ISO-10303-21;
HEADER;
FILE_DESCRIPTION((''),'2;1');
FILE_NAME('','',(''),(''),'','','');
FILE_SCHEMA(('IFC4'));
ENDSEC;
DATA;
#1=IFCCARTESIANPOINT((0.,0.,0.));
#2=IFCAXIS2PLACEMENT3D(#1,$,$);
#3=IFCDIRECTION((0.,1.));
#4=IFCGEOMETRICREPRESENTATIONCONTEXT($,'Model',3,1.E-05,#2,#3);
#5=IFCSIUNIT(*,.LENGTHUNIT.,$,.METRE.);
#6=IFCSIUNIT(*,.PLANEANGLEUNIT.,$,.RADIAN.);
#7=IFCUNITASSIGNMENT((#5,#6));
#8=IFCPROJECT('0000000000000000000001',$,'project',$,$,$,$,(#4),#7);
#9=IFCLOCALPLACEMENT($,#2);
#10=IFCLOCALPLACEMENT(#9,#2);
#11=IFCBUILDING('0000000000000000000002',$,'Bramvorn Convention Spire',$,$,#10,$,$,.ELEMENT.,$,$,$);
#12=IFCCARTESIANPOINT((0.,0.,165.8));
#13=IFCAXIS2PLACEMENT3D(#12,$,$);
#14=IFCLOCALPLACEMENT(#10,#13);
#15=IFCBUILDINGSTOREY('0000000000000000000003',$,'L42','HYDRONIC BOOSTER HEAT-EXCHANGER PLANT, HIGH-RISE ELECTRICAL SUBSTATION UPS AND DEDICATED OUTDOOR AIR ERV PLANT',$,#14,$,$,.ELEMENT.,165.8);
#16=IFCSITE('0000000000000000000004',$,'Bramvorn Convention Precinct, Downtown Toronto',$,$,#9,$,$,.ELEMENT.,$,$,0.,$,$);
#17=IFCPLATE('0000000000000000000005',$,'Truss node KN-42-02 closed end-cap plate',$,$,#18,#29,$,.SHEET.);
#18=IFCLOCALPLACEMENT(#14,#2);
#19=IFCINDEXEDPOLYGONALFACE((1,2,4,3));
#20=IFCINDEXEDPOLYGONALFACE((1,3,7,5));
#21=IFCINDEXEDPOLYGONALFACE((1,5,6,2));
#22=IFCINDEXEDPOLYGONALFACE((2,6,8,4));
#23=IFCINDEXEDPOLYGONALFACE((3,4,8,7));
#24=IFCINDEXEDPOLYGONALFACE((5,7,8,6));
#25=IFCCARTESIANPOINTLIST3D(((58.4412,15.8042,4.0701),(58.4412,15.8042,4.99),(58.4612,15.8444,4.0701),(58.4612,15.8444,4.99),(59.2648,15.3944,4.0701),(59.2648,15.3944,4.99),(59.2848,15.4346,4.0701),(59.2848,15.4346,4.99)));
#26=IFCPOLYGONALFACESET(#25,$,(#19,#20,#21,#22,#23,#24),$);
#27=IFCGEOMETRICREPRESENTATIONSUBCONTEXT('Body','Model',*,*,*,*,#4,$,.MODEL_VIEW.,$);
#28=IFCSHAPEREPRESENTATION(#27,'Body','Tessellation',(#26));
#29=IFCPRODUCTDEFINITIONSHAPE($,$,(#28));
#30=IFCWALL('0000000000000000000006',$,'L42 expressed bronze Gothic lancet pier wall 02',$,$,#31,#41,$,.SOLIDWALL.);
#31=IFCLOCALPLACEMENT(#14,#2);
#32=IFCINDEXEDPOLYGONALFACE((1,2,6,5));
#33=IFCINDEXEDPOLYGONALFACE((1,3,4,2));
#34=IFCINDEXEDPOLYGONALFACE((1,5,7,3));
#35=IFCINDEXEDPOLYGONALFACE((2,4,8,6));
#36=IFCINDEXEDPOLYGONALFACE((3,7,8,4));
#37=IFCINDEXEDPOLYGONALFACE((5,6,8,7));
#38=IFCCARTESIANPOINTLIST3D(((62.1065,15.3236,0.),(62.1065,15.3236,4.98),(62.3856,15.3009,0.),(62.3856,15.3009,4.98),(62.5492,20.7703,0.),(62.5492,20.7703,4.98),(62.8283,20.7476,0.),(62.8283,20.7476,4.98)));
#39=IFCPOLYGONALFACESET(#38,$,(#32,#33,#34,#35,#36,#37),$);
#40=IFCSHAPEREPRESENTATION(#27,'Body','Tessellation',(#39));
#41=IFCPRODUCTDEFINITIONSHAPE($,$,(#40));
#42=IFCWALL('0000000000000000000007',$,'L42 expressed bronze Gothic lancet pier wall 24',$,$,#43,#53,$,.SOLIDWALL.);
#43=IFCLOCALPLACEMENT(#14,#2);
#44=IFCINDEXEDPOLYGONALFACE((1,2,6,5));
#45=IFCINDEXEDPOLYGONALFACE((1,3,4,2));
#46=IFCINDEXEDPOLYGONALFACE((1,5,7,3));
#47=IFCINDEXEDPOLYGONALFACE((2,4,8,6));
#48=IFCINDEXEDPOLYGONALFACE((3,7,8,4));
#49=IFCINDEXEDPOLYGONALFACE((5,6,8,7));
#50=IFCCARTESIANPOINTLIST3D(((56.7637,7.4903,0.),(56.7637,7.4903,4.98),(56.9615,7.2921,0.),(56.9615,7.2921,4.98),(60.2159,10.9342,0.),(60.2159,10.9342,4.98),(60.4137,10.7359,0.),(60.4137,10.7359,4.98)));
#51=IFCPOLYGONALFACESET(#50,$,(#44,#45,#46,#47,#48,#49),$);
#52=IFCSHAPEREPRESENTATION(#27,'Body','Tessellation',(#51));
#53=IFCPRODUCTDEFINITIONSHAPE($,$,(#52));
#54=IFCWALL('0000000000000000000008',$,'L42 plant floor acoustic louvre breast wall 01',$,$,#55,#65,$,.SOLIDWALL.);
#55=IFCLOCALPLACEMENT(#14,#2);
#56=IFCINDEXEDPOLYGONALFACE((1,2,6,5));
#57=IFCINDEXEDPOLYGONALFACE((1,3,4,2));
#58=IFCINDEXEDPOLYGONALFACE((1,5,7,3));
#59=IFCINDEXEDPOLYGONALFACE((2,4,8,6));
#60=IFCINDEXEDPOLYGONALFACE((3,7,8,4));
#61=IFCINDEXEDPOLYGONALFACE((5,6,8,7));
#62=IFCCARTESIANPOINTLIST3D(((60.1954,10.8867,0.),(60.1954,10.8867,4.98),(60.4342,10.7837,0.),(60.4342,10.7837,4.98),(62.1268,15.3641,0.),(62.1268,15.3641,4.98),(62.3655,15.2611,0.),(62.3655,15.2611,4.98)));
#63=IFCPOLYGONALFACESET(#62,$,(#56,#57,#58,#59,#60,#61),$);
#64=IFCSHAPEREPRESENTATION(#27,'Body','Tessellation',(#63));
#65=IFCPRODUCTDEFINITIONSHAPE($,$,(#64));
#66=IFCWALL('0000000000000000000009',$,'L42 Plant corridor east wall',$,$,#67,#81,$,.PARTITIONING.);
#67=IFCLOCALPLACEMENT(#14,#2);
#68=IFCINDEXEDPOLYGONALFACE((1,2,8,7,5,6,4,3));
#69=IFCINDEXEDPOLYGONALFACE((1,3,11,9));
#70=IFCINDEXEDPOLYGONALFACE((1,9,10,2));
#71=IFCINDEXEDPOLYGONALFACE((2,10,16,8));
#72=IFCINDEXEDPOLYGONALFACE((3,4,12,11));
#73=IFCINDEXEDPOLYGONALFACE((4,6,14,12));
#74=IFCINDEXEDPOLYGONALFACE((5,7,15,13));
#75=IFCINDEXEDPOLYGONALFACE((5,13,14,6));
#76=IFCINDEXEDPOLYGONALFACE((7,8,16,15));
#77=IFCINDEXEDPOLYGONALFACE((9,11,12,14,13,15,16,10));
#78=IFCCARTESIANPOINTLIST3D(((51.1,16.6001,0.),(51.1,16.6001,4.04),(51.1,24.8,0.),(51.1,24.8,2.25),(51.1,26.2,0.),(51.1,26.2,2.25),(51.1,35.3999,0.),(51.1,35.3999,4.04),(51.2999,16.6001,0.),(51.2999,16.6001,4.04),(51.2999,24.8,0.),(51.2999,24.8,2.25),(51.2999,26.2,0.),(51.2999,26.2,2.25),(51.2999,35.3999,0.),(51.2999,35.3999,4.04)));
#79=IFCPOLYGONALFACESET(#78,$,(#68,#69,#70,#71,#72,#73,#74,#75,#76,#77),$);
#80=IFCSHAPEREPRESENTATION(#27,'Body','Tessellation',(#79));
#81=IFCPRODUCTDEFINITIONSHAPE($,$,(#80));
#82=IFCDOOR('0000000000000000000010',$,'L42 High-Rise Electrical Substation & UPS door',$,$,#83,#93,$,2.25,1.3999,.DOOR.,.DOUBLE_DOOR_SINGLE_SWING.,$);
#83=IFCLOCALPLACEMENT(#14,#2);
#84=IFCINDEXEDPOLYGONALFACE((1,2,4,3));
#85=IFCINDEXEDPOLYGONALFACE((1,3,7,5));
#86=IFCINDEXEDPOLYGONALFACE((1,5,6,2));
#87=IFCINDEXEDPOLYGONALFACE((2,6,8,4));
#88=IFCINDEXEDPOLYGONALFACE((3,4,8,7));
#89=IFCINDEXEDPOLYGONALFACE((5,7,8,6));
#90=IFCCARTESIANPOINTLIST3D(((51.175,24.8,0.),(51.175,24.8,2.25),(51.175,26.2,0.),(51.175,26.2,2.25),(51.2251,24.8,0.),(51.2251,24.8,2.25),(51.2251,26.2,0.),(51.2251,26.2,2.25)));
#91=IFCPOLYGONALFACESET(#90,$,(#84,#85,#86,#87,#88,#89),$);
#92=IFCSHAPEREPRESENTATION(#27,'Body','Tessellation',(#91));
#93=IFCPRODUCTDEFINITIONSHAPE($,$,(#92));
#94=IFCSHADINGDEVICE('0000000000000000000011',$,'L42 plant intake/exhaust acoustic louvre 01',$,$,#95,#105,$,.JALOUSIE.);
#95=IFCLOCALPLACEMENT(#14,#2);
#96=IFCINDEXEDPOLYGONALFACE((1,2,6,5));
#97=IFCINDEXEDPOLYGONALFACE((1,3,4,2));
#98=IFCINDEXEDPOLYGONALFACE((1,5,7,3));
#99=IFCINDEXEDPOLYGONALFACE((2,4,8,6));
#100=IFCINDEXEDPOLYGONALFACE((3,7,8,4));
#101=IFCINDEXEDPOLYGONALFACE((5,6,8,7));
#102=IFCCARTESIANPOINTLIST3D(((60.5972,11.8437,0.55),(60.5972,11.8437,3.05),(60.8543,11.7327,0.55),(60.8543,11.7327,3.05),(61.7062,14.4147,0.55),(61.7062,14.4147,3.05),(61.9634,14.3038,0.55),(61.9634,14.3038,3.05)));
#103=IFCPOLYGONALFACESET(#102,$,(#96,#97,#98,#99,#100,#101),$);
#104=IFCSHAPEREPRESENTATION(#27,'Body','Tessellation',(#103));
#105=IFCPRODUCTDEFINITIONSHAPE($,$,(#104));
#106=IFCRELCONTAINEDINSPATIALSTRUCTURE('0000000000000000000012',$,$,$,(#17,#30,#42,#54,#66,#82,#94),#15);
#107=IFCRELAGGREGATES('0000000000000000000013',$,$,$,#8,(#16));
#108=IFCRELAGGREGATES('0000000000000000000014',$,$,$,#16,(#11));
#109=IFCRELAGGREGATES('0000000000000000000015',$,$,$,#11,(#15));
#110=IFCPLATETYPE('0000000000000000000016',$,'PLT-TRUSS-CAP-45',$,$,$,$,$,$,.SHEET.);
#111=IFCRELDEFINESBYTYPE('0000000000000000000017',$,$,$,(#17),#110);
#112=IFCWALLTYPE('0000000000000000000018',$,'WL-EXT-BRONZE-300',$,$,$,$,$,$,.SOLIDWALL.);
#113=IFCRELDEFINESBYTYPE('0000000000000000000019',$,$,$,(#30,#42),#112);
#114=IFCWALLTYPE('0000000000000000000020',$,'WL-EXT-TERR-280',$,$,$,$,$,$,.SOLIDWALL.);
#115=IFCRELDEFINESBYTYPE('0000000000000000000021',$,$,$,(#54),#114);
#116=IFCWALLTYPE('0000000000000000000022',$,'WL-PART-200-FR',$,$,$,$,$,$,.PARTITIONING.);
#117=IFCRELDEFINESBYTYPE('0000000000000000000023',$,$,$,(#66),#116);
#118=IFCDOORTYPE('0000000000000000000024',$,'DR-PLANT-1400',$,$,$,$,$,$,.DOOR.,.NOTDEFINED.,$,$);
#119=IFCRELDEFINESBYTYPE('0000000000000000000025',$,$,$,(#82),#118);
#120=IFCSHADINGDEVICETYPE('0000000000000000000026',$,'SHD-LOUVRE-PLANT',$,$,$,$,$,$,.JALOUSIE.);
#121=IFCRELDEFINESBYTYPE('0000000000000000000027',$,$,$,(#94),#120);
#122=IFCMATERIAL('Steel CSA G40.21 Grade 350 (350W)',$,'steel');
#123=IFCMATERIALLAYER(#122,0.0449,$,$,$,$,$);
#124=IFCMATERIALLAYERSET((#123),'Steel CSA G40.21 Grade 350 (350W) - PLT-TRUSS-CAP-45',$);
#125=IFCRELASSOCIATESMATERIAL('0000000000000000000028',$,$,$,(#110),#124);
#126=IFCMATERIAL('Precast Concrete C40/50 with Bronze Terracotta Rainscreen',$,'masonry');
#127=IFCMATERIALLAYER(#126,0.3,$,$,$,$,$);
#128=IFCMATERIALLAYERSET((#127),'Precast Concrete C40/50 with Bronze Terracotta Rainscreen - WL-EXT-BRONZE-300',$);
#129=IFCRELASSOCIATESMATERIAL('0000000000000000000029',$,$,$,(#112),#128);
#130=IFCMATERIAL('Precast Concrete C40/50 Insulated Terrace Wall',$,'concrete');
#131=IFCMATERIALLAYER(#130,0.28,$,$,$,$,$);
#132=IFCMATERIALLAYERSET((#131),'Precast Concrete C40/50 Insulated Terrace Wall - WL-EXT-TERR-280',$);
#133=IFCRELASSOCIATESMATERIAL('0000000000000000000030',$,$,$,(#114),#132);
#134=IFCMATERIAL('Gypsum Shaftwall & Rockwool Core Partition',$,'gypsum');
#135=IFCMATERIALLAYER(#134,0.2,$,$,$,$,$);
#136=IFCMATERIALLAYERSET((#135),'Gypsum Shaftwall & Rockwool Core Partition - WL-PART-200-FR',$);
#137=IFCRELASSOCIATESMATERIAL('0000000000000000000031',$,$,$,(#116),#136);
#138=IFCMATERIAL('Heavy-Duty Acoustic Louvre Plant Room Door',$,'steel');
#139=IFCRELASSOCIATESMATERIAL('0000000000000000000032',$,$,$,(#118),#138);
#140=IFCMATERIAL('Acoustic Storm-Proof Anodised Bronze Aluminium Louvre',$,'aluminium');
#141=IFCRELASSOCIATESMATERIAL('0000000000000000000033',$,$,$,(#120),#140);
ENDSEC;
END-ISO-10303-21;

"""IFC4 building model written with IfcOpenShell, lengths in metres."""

from ifc_helpers import new_model, si_unit, direction, frame, frame_2d, origin, origin_2d, place, context, subcontext, project, spatial, rectangle, extrude, material, layer, layer_set, type_object, element, fill, save


model = new_model("IFC4")

# Units and contexts
model_context = context("Model", 3, precision=1e-05, world=origin(), true_north=direction((0.0, 1.0)))
body_context = subcontext(model_context, "Body", "Model", "MODEL_VIEW")
ifc_project = project(units=[si_unit("LENGTHUNIT", "METRE"), si_unit("PLANEANGLEUNIT", "RADIAN")], contexts=[model_context])

# Site, building, storey
site_placement = place(None, origin())
site = spatial("IfcSite", under=ifc_project, at=site_placement, Name="Bramvorn Convention Precinct, Downtown Toronto", CompositionType="ELEMENT", RefElevation=0.0)
building_placement = place(site_placement, origin())
building = spatial("IfcBuilding", under=site, at=building_placement, Name="Bramvorn Convention Spire", CompositionType="ELEMENT")
storey_placement = place(building_placement, frame((0.0, 0.0, 165.8)))
storey = spatial("IfcBuildingStorey", under=building, at=storey_placement, Name="L42", Description="HYDRONIC BOOSTER HEAT-EXCHANGER PLANT, HIGH-RISE ELECTRICAL SUBSTATION UPS AND DEDICATED OUTDOOR AIR ERV PLANT", CompositionType="ELEMENT", Elevation=165.8)

# Shared definitions
ifc_material_1 = material(Name="Steel CSA G40.21 Grade 350 (350W)", Category="steel")

# Plate
ifc_layer_1 = layer(ifc_material_1, 0.0449)
ifc_layer_set_1 = layer_set([ifc_layer_1], Name="Steel CSA G40.21 Grade 350 (350W) - PLT-TRUSS-CAP-45")
plate_type_1 = type_object("IfcPlateType", Name="PLT-TRUSS-CAP-45", PredefinedType="SHEET", material=ifc_layer_set_1)
plate_placement = place(storey_placement, frame((58.863, 15.6194, 4.0701), z_axis=(0.0, 0.0, 1.0), x_axis=(0.895302, -0.44546, 0.0)))
element("IfcPlate", 1, at=plate_placement, inside=storey, type_object=plate_type_1, Name="Truss node KN-42-02 closed end-cap plate", PredefinedType="SHEET", context=body_context, shape_type="SweptSolid", body=[
    extrude(rectangle(XDim=0.9199, YDim=0.0449, at=origin_2d()), origin(), (0.0, 0.0, 1.0), 0.9199),
])

# Walls
ifc_material_2 = material(Name="Precast Concrete C40/50 with Bronze Terracotta Rainscreen", Category="masonry")
ifc_layer_2 = layer(ifc_material_2, 0.3)
ifc_layer_set_2 = layer_set([ifc_layer_2], Name="Precast Concrete C40/50 with Bronze Terracotta Rainscreen - WL-EXT-BRONZE-300")
wall_type_1 = type_object("IfcWallType", Name="WL-EXT-BRONZE-300", PredefinedType="SOLIDWALL", material=ifc_layer_set_2)
wall_1_placement = place(storey_placement, frame((62.6887, 20.759, 0.0), z_axis=(0.0, 0.0, 1.0), x_axis=(-0.081001, -0.996714, 0.0)))
element("IfcWall", 2, at=wall_1_placement, inside=storey, type_object=wall_type_1, Name="L42 expressed bronze Gothic lancet pier wall 02", PredefinedType="SOLIDWALL", context=body_context, shape_type="SweptSolid", body=[
    extrude(rectangle(XDim=5.4646, YDim=0.28, at=frame_2d((2.7324, 0.0))), origin(), (0.0, 0.0, 1.0), 4.98),
])
wall_2_placement = place(storey_placement, frame((60.3147, 10.835, 0.0), z_axis=(0.0, 0.0, 1.0), x_axis=(-0.707957, -0.706255, 0.0)))
element("IfcWall", 3, at=wall_2_placement, inside=storey, type_object=wall_type_1, Name="L42 expressed bronze Gothic lancet pier wall 24", PredefinedType="SOLIDWALL", context=body_context, shape_type="SweptSolid", body=[
    extrude(rectangle(XDim=4.8762, YDim=0.28, at=frame_2d((2.438, 0.0))), origin(), (0.0, 0.0, 1.0), 4.98),
])
ifc_material_3 = material(Name="Precast Concrete C40/50 Insulated Terrace Wall", Category="concrete")
ifc_layer_3 = layer(ifc_material_3, 0.28)
ifc_layer_set_3 = layer_set([ifc_layer_3], Name="Precast Concrete C40/50 Insulated Terrace Wall - WL-EXT-TERR-280")
wall_type_2 = type_object("IfcWallType", Name="WL-EXT-TERR-280", PredefinedType="SOLIDWALL", material=ifc_layer_set_3)
wall_3_placement = place(storey_placement, frame((62.2461, 15.3125, 0.0), z_axis=(0.0, 0.0, 1.0), x_axis=(-0.396075, -0.918218, 0.0)))
element("IfcWall", 4, at=wall_3_placement, inside=storey, type_object=wall_type_2, Name="L42 plant floor acoustic louvre breast wall 01", PredefinedType="SOLIDWALL", context=body_context, shape_type="SweptSolid", body=[
    extrude(rectangle(XDim=4.8762, YDim=0.26, at=frame_2d((2.438, 0.0))), origin(), (0.0, 0.0, 1.0), 4.98),
])

# Wall, opening, door
ifc_material_4 = material(Name="Gypsum Shaftwall & Rockwool Core Partition", Category="gypsum")
ifc_layer_4 = layer(ifc_material_4, 0.2)
ifc_layer_set_4 = layer_set([ifc_layer_4], Name="Gypsum Shaftwall & Rockwool Core Partition - WL-PART-200-FR")
wall_type_3 = type_object("IfcWallType", Name="WL-PART-200-FR", PredefinedType="PARTITIONING", material=ifc_layer_set_4)
wall_4_placement = place(storey_placement, frame((51.2, 16.6001, 0.0), z_axis=(0.0, 0.0, 1.0), x_axis=(0.0, 1.0, 0.0)))
wall_4 = element("IfcWall", 5, at=wall_4_placement, inside=storey, type_object=wall_type_3, Name="L42 Plant corridor east wall", PredefinedType="PARTITIONING", context=body_context, shape_type="SweptSolid", body=[
    extrude(rectangle(XDim=18.7998, YDim=0.2, at=frame_2d((9.3999, 0.0))), origin(), (0.0, 0.0, 1.0), 4.04),
])
opening_placement = place(wall_4_placement, frame((8.2, 0.0, 0.0)))
opening = element("IfcOpeningElement", 6, at=opening_placement, cuts=wall_4, PredefinedType="OPENING", context=body_context, shape_type="SweptSolid", body=[
    extrude(rectangle(XDim=1.3999, YDim=2.25, at=frame_2d((0.7, 1.125))), frame((0.0, 0.1099, 0.0), z_axis=(0.0, -1.0, 0.0), x_axis=(1.0, 0.0, 0.0)), (0.0, 0.0, 1.0), 0.22),
])
ifc_material_5 = material(Name="Heavy-Duty Acoustic Louvre Plant Room Door", Category="steel")
door_type = type_object("IfcDoorType", Name="DR-PLANT-1400", OperationType="NOTDEFINED", PredefinedType="DOOR", material=ifc_material_5)
door_placement = place(opening_placement, origin())
door = element("IfcDoor", 7, at=door_placement, inside=storey, type_object=door_type, Name="L42 High-Rise Electrical Substation & UPS door", OperationType="DOUBLE_DOOR_SINGLE_SWING", OverallHeight=2.25, OverallWidth=1.3999, PredefinedType="DOOR", context=body_context, shape_type="SweptSolid", body=[
    extrude(rectangle(XDim=1.3999, YDim=2.25, at=frame_2d((0.7, 1.125))), frame((0.0, 0.0249, 0.0), z_axis=(0.0, -1.0, 0.0), x_axis=(1.0, 0.0, 0.0)), (0.0, 0.0, 1.0), 0.05),
])
fill(opening, door)

# Shading device
ifc_material_6 = material(Name="Acoustic Storm-Proof Anodised Bronze Aluminium Louvre", Category="aluminium")
shading_device_type = type_object("IfcShadingDeviceType", Name="SHD-LOUVRE-PLANT", PredefinedType="JALOUSIE", material=ifc_material_6)
shading_device_placement = place(storey_placement, frame((61.2803, 13.0737, 0.55), z_axis=(0.0, 0.0, 1.0), x_axis=(-0.396079, -0.918216, 0.0)))
element("IfcShadingDevice", 8, at=shading_device_placement, inside=storey, type_object=shading_device_type, Name="L42 plant intake/exhaust acoustic louvre 01", PredefinedType="JALOUSIE", context=body_context, shape_type="SweptSolid", body=[
    extrude(rectangle(XDim=2.8, YDim=0.28, at=origin_2d()), origin(), (0.0, 0.0, 1.0), 2.5),
])

save(model, "model.ifc")
